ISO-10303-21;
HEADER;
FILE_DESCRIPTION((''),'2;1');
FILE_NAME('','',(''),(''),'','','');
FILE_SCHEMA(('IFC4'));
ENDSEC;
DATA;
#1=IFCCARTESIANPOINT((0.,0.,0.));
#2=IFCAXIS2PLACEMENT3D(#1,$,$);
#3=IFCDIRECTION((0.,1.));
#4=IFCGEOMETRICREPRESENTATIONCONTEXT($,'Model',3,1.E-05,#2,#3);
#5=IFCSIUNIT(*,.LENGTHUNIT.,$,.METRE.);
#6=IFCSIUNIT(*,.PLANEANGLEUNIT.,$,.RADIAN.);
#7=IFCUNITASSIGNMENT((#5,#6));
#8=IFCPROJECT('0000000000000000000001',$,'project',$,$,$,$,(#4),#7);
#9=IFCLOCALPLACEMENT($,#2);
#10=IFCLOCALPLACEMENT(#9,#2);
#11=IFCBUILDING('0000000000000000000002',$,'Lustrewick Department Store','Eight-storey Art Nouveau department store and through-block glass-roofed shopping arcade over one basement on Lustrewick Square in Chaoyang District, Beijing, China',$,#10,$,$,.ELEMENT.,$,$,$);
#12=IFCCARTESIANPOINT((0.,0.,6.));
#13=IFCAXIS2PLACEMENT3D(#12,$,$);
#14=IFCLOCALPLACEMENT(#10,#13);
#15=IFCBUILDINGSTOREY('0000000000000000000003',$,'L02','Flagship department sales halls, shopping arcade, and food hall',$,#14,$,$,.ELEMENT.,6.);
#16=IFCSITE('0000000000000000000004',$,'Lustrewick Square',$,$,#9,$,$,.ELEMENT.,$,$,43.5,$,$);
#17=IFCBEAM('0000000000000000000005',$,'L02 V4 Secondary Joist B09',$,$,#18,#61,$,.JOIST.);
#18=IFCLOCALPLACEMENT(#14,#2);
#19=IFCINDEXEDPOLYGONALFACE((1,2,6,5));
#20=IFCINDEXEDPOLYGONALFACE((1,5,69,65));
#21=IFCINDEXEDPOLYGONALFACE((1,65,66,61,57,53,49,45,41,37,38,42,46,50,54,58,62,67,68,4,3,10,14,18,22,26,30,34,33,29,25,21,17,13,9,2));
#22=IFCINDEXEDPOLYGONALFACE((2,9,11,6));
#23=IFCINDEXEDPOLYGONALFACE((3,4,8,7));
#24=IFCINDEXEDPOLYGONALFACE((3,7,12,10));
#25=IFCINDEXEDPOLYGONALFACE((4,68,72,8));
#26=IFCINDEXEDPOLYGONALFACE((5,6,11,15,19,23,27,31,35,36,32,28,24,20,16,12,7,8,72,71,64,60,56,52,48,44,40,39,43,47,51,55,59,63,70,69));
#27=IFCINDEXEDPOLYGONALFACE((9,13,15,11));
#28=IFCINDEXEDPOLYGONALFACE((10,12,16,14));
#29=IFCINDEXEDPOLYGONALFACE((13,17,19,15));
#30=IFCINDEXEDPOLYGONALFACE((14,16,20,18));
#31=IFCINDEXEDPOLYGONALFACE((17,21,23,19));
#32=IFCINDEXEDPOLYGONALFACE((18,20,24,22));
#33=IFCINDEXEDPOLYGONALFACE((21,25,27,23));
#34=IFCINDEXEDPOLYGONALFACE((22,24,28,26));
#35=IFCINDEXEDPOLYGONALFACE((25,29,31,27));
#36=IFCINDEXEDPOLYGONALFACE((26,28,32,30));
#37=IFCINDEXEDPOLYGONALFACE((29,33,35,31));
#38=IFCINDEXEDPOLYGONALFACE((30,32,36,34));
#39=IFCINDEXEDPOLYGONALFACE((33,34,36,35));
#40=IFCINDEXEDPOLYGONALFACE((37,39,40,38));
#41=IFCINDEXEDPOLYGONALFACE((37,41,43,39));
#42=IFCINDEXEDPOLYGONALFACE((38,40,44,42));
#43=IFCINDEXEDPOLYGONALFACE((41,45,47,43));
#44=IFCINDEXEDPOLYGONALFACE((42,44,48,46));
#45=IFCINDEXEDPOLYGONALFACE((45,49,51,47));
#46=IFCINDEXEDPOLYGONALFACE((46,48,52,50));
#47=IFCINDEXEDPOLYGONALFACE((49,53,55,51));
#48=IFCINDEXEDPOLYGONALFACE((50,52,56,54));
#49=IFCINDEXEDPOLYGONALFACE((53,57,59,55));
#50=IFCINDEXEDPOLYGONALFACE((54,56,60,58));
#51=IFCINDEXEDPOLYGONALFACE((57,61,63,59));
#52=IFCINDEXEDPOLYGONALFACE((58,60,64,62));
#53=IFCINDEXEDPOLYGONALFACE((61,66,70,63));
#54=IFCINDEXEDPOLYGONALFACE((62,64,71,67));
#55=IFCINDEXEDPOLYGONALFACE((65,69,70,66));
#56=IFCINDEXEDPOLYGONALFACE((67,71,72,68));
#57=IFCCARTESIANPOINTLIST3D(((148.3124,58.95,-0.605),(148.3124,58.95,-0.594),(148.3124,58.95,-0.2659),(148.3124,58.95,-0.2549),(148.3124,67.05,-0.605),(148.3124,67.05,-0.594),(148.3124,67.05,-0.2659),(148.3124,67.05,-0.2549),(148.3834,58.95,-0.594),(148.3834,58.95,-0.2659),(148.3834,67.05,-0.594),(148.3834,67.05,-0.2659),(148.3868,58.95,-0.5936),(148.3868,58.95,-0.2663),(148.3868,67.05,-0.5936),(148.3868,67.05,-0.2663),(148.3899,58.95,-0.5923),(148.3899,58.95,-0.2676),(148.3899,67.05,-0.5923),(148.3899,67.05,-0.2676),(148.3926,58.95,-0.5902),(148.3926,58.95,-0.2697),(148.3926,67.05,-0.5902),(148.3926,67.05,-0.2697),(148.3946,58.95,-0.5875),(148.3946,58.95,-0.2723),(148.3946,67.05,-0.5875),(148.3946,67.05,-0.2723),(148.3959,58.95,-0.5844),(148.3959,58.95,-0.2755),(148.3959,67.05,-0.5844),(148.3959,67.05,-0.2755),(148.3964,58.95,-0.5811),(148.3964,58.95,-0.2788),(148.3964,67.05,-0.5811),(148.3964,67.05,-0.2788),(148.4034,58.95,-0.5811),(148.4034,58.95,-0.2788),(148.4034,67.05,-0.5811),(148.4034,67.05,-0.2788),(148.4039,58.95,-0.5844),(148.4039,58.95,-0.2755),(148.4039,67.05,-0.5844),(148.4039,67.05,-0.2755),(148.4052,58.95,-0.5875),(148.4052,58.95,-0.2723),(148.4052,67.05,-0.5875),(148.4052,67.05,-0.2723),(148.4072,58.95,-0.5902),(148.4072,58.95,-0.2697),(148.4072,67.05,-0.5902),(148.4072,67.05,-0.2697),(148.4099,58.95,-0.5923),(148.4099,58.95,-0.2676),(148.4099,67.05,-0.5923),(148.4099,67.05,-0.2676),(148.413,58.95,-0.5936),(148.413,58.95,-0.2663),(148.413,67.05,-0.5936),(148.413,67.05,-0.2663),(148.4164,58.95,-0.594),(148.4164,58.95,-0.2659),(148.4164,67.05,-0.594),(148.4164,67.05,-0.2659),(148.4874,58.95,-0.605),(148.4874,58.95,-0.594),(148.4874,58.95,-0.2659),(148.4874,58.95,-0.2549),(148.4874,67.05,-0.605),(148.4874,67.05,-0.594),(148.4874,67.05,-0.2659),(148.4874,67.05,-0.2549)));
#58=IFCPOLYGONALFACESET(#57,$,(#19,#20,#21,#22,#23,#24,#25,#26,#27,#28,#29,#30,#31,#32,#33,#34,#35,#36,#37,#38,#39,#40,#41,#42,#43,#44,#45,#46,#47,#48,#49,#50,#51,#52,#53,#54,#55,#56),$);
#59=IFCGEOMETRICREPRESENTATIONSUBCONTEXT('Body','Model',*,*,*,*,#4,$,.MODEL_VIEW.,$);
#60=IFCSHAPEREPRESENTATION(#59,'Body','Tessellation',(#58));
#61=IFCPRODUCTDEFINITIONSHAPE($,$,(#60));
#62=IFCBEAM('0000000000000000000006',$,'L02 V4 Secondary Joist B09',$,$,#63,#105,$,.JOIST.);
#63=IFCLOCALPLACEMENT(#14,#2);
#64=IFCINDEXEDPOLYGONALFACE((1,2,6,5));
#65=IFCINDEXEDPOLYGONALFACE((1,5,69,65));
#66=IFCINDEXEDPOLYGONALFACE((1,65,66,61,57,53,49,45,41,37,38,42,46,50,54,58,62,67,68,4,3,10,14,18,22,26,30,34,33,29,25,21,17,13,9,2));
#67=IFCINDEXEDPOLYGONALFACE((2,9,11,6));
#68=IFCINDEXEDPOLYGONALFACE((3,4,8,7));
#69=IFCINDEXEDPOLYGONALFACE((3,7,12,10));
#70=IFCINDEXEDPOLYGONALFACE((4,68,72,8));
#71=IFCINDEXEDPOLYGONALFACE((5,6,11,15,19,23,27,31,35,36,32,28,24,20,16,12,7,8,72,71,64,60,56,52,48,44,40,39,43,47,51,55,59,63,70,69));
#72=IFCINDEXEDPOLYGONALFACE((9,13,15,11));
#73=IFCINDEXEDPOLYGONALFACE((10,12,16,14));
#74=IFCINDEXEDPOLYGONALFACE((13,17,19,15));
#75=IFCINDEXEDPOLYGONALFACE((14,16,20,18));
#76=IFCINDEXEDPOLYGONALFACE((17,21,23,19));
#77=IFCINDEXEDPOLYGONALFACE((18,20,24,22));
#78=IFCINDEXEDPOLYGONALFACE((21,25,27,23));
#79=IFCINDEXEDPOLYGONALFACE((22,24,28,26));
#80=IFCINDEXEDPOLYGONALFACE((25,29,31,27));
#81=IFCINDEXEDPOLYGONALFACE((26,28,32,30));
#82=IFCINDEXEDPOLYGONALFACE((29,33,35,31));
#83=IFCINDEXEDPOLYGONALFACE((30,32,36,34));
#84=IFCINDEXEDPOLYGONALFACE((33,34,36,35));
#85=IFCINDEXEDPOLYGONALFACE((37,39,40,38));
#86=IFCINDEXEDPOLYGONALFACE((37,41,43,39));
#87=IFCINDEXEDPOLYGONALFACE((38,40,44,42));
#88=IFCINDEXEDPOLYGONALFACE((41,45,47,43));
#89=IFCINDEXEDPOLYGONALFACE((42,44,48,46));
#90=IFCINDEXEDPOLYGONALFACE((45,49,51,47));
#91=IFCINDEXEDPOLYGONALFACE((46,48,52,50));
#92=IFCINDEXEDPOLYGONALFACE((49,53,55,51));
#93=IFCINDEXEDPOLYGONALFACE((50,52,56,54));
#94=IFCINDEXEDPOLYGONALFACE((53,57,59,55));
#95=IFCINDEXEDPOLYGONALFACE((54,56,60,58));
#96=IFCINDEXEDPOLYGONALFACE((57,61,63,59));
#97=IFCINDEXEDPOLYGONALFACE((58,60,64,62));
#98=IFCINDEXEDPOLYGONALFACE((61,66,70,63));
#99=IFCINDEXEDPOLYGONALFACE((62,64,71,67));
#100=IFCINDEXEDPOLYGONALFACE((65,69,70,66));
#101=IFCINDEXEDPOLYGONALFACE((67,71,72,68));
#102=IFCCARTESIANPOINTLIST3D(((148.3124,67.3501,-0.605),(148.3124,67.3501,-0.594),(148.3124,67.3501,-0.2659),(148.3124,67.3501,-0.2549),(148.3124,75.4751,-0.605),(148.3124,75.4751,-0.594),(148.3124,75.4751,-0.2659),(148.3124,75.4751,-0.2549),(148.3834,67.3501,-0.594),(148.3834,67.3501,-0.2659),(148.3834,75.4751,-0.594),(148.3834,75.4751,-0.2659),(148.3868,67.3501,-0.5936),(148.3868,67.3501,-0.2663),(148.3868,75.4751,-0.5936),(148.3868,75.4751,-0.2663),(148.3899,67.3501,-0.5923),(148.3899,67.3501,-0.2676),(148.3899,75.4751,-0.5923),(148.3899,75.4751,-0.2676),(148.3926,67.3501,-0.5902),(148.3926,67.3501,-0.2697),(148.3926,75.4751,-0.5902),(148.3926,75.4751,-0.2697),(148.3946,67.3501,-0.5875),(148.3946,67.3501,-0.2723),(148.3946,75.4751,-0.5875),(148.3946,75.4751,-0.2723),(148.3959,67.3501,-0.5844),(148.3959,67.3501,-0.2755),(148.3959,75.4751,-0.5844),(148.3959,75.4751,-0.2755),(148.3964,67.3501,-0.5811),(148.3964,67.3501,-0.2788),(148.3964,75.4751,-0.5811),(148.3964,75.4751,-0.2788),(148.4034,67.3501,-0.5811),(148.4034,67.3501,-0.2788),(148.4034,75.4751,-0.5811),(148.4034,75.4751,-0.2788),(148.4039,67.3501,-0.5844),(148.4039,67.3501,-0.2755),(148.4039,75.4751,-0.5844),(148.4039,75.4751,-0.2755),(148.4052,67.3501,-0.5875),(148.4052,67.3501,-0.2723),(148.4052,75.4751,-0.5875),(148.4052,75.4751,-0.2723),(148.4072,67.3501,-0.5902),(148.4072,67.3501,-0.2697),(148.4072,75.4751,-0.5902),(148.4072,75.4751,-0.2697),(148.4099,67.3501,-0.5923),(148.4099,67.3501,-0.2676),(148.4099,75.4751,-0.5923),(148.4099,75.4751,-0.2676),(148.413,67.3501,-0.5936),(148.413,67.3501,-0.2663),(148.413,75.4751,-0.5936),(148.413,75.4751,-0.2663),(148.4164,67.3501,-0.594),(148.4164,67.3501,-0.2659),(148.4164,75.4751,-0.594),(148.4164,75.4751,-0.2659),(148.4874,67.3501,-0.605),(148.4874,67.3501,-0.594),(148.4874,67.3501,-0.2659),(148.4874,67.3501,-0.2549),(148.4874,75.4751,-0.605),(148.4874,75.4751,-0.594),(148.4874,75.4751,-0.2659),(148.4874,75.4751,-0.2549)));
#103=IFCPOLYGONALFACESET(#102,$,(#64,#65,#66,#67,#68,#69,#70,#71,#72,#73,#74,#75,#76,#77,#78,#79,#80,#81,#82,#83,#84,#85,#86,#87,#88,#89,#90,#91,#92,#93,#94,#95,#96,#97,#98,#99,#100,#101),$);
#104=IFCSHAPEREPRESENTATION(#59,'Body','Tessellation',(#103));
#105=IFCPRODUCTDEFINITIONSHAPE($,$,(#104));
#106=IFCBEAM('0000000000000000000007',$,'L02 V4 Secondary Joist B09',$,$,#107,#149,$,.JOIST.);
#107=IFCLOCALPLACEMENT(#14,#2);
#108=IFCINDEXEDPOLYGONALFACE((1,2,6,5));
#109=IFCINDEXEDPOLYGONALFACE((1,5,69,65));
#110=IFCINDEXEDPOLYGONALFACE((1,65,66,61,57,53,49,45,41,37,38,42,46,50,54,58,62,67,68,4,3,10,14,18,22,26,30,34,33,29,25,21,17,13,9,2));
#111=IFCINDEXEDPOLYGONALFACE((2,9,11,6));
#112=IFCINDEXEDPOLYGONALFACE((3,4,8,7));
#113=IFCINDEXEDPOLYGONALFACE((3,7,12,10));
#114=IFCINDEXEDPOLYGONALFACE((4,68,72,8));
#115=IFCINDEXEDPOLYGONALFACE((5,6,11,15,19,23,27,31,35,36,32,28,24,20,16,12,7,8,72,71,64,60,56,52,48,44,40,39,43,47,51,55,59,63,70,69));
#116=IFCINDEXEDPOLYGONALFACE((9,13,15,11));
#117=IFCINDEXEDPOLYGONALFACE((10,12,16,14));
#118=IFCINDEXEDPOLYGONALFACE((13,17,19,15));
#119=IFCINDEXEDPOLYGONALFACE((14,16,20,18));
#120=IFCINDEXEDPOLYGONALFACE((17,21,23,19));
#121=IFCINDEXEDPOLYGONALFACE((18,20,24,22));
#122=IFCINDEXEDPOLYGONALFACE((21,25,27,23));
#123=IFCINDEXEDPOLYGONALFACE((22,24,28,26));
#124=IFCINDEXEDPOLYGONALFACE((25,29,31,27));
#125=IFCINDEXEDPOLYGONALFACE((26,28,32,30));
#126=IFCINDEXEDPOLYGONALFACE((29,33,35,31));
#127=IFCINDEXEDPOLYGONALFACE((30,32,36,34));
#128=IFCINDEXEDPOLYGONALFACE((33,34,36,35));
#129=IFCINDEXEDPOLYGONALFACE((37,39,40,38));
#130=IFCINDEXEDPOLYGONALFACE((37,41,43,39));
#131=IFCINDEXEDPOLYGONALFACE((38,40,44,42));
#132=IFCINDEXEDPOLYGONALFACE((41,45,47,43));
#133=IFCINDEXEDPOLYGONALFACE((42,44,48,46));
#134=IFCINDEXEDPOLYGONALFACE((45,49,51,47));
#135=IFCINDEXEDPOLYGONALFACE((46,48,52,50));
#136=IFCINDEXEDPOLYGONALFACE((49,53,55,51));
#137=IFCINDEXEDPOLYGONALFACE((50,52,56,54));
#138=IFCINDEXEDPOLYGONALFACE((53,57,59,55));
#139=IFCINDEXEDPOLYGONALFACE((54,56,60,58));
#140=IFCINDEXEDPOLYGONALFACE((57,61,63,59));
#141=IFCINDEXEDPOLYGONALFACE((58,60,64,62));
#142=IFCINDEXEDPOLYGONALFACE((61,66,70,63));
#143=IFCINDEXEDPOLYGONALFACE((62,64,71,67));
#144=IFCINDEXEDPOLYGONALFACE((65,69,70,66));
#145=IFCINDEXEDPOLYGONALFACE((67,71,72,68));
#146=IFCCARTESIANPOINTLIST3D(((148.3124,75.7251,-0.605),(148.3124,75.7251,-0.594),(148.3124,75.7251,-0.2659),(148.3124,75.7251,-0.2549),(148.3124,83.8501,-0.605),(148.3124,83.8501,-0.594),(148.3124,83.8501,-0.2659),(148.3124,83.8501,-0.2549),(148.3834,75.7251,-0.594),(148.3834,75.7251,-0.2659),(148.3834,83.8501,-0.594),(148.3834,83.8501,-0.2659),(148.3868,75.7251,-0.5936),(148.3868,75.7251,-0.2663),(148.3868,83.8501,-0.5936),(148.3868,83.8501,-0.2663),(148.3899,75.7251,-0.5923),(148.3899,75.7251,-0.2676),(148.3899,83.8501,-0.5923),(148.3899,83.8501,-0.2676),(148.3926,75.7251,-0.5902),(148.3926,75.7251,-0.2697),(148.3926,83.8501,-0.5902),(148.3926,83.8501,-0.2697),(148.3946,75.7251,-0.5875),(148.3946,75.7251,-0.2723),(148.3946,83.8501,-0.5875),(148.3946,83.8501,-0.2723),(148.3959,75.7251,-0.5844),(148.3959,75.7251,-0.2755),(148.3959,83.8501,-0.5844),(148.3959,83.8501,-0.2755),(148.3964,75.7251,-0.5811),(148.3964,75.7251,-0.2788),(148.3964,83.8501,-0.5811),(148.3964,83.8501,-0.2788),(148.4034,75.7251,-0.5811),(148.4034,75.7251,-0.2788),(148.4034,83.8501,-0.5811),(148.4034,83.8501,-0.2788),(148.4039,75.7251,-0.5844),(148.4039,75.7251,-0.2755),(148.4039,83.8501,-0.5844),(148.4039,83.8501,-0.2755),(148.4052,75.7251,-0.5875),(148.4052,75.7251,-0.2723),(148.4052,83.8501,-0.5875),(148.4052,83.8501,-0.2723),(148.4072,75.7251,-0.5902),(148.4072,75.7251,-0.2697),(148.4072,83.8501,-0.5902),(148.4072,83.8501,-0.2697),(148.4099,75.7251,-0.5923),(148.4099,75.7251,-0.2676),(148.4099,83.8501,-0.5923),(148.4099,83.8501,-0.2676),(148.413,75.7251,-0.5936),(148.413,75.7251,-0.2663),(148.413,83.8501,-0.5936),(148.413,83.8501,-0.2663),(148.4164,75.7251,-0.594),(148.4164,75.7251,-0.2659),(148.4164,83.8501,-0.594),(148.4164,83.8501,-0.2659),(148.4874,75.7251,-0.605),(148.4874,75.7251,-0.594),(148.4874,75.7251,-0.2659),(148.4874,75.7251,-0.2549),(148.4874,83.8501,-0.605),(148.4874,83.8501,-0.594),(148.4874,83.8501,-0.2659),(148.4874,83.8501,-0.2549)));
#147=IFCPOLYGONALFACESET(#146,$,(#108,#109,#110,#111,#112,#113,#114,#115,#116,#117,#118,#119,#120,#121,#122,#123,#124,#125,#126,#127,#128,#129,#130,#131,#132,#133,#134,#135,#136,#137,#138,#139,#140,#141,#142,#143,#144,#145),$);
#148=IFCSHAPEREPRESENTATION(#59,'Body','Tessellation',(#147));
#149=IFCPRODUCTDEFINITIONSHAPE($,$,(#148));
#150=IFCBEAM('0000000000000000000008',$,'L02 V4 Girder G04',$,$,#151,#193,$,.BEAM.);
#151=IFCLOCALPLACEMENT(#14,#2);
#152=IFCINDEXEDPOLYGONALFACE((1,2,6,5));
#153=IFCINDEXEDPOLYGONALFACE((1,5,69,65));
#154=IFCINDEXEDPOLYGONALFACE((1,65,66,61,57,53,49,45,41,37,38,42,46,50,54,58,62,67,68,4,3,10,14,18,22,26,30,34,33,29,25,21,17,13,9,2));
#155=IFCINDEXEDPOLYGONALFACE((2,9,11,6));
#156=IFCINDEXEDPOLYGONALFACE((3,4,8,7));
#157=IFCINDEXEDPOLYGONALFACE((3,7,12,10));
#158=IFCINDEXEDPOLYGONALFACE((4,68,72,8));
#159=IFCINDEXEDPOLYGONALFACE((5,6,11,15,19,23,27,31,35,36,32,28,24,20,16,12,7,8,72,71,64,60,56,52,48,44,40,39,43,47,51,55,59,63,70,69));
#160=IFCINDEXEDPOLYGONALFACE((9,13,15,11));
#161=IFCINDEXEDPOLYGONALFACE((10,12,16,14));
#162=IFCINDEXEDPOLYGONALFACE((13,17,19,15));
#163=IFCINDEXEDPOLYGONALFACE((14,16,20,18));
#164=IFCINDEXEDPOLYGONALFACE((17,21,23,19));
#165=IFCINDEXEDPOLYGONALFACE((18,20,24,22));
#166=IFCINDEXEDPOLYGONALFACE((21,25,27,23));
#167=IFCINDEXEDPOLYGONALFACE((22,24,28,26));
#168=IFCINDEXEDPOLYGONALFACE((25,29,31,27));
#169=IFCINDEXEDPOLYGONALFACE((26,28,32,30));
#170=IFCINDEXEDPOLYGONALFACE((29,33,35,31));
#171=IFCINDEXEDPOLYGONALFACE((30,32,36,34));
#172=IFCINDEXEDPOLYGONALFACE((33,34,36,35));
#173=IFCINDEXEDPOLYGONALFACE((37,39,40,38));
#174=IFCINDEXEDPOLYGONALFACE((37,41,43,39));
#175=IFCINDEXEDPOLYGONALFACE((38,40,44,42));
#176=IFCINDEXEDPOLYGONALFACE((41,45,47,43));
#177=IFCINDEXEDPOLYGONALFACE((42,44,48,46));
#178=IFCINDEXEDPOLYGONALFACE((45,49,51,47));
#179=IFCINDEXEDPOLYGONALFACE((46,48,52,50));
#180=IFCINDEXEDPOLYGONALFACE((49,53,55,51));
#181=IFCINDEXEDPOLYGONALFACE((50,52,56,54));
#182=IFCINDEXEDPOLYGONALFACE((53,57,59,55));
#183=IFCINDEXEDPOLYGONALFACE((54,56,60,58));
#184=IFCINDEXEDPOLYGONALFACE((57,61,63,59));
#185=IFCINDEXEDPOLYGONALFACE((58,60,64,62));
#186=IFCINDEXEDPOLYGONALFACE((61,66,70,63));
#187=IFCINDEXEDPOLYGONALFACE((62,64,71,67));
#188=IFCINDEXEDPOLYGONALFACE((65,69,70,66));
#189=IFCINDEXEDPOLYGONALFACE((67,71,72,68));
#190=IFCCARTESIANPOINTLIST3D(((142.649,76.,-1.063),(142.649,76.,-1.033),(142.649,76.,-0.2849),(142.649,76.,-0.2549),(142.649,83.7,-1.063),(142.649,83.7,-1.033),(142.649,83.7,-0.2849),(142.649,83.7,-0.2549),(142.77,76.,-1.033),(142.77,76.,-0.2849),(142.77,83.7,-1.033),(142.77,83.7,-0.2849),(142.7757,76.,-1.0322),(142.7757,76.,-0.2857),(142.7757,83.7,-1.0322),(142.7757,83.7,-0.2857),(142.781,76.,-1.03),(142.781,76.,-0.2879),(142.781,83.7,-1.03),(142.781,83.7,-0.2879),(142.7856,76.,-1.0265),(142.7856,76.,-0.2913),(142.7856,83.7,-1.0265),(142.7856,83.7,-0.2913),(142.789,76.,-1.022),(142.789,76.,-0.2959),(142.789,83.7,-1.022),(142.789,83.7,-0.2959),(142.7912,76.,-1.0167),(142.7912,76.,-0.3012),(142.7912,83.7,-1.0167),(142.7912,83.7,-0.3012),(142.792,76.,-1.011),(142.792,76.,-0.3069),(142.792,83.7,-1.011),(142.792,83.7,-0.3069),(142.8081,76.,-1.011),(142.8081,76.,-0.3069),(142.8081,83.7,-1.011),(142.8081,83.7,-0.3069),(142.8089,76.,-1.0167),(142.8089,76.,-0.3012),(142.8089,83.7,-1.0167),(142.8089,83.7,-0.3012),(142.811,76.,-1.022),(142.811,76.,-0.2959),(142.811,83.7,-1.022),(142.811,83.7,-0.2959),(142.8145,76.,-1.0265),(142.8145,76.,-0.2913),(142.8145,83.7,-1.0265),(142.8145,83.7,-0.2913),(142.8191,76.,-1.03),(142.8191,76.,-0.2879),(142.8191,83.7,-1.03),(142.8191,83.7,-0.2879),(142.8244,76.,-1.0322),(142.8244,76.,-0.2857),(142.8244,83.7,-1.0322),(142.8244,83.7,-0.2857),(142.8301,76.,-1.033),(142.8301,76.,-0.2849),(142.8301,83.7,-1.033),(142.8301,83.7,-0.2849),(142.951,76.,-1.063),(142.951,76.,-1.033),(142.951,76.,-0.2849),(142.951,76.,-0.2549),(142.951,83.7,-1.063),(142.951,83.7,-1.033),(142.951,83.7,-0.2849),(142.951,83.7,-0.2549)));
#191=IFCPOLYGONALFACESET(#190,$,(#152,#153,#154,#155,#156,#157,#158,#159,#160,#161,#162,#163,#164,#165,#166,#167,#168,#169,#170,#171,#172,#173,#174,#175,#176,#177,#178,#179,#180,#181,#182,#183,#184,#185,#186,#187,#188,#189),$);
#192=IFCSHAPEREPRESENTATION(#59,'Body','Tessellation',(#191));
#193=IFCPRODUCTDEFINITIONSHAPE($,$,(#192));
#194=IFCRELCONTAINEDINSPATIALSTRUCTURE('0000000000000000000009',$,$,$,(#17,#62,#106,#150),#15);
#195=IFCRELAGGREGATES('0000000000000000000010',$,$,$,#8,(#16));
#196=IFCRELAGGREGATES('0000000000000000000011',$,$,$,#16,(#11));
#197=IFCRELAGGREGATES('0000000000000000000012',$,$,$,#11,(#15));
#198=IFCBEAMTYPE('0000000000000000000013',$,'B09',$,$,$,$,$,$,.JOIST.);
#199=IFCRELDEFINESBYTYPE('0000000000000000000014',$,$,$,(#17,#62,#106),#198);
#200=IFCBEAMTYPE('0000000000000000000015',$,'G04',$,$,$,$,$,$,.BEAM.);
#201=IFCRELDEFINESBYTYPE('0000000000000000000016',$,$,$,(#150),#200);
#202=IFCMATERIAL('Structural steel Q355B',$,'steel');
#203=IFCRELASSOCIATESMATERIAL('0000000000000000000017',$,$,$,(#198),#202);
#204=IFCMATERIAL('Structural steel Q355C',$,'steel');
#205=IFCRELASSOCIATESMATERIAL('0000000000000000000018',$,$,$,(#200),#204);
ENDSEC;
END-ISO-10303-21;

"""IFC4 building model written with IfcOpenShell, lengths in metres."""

from ifc_helpers import new_model, si_unit, direction, frame, origin, origin_2d, place, context, subcontext, project, spatial, i_section, extrude, material, material_profile, profile_set, type_object, element, save


model = new_model("IFC4")

# Units and contexts
model_context = context("Model", 3, precision=1e-05, world=origin(), true_north=direction((0.0, 1.0)))
body_context = subcontext(model_context, "Body", "Model", "MODEL_VIEW")
ifc_project = project(units=[si_unit("LENGTHUNIT", "METRE"), si_unit("PLANEANGLEUNIT", "RADIAN")], contexts=[model_context])

# Site, building, storey
site_placement = place(None, origin())
site = spatial("IfcSite", under=ifc_project, at=site_placement, Name="Lustrewick Square", CompositionType="ELEMENT", RefElevation=43.5)
building_placement = place(site_placement, origin())
building = spatial("IfcBuilding", under=site, at=building_placement, Name="Lustrewick Department Store", Description="Eight-storey Art Nouveau department store and through-block glass-roofed shopping arcade over one basement on Lustrewick Square in Chaoyang District, Beijing, China", CompositionType="ELEMENT")
storey_placement = place(building_placement, frame((0.0, 0.0, 6.0)))
storey = spatial("IfcBuildingStorey", under=building, at=storey_placement, Name="L02", Description="Flagship department sales halls, shopping arcade, and food hall", CompositionType="ELEMENT", Elevation=6.0)

# Shared definitions
ifc_material_1 = material(Name="Structural steel Q355C", Category="steel")

# Beams
ifc_material_2 = material(Name="Structural steel Q355B", Category="steel")
ifc_material_profile_1 = material_profile(ifc_material_2, i_section(OverallWidth=0.175, OverallDepth=0.3501, WebThickness=0.0071, FlangeThickness=0.011, FilletRadius=0.0129, at=origin_2d()), Name="HN 350x175x7x11")
ifc_profile_set_1 = profile_set([ifc_material_profile_1], Name="Structural steel Q355B")
beam_type_1 = type_object("IfcBeamType", Name="B09", PredefinedType="JOIST", material=ifc_profile_set_1)
beam_1_placement = place(storey_placement, frame((148.3999, 58.95, -0.4299), z_axis=(0.0, 1.0, 0.0), x_axis=(-1.0, 0.0, 0.0)))
element("IfcBeam", 1, at=beam_1_placement, inside=storey, type_object=beam_type_1, Name="L02 V4 Secondary Joist B09", PredefinedType="JOIST", context=body_context, shape_type="SweptSolid", body=[
    extrude(i_section(OverallWidth=0.175, OverallDepth=0.3501, WebThickness=0.0071, FlangeThickness=0.011, FilletRadius=0.0129, at=origin_2d()), origin(), (0.0, 0.0, 1.0), 8.1001),
])
for number, where, z_axis, x_axis, name in (
    (2, (148.3999, 67.3501, -0.4299), (0.0, 1.0, 0.0), (-1.0, 0.0, 0.0), "L02 V4 Secondary Joist B09"),
    (3, (148.3999, 75.7251, -0.4299), (0.0, 1.0, 0.0), (-1.0, 0.0, 0.0), "L02 V4 Secondary Joist B09"),
):
    element("IfcBeam", number, at=place(storey_placement, frame(where, z_axis=z_axis, x_axis=x_axis)), inside=storey, type_object=beam_type_1, Name=name, PredefinedType="JOIST", context=body_context, shape_type="SweptSolid", body=[
        extrude(i_section(OverallWidth=0.175, OverallDepth=0.3501, WebThickness=0.0071, FlangeThickness=0.011, FilletRadius=0.0129, at=origin_2d()), origin(), (0.0, 0.0, 1.0), 8.125),
    ])
ifc_material_profile_2 = material_profile(ifc_material_1, i_section(OverallWidth=0.302, OverallDepth=0.8081, WebThickness=0.0161, FlangeThickness=0.03, FilletRadius=0.022, at=origin_2d()), Name="HN 808x302x16x30")
ifc_profile_set_2 = profile_set([ifc_material_profile_2], Name="Structural steel Q355C")
beam_type_2 = type_object("IfcBeamType", Name="G04", PredefinedType="BEAM", material=ifc_profile_set_2)
beam_2_placement = place(storey_placement, frame((142.8, 76.0, -0.6589), z_axis=(0.0, 1.0, 0.0), x_axis=(-1.0, 0.0, 0.0)))
element("IfcBeam", 4, at=beam_2_placement, inside=storey, type_object=beam_type_2, Name="L02 V4 Girder G04", PredefinedType="BEAM", context=body_context, shape_type="SweptSolid", body=[
    extrude(i_section(OverallWidth=0.302, OverallDepth=0.8081, WebThickness=0.0161, FlangeThickness=0.03, FilletRadius=0.022, at=origin_2d()), origin(), (0.0, 0.0, 1.0), 7.7),
])

save(model, "model.ifc")
